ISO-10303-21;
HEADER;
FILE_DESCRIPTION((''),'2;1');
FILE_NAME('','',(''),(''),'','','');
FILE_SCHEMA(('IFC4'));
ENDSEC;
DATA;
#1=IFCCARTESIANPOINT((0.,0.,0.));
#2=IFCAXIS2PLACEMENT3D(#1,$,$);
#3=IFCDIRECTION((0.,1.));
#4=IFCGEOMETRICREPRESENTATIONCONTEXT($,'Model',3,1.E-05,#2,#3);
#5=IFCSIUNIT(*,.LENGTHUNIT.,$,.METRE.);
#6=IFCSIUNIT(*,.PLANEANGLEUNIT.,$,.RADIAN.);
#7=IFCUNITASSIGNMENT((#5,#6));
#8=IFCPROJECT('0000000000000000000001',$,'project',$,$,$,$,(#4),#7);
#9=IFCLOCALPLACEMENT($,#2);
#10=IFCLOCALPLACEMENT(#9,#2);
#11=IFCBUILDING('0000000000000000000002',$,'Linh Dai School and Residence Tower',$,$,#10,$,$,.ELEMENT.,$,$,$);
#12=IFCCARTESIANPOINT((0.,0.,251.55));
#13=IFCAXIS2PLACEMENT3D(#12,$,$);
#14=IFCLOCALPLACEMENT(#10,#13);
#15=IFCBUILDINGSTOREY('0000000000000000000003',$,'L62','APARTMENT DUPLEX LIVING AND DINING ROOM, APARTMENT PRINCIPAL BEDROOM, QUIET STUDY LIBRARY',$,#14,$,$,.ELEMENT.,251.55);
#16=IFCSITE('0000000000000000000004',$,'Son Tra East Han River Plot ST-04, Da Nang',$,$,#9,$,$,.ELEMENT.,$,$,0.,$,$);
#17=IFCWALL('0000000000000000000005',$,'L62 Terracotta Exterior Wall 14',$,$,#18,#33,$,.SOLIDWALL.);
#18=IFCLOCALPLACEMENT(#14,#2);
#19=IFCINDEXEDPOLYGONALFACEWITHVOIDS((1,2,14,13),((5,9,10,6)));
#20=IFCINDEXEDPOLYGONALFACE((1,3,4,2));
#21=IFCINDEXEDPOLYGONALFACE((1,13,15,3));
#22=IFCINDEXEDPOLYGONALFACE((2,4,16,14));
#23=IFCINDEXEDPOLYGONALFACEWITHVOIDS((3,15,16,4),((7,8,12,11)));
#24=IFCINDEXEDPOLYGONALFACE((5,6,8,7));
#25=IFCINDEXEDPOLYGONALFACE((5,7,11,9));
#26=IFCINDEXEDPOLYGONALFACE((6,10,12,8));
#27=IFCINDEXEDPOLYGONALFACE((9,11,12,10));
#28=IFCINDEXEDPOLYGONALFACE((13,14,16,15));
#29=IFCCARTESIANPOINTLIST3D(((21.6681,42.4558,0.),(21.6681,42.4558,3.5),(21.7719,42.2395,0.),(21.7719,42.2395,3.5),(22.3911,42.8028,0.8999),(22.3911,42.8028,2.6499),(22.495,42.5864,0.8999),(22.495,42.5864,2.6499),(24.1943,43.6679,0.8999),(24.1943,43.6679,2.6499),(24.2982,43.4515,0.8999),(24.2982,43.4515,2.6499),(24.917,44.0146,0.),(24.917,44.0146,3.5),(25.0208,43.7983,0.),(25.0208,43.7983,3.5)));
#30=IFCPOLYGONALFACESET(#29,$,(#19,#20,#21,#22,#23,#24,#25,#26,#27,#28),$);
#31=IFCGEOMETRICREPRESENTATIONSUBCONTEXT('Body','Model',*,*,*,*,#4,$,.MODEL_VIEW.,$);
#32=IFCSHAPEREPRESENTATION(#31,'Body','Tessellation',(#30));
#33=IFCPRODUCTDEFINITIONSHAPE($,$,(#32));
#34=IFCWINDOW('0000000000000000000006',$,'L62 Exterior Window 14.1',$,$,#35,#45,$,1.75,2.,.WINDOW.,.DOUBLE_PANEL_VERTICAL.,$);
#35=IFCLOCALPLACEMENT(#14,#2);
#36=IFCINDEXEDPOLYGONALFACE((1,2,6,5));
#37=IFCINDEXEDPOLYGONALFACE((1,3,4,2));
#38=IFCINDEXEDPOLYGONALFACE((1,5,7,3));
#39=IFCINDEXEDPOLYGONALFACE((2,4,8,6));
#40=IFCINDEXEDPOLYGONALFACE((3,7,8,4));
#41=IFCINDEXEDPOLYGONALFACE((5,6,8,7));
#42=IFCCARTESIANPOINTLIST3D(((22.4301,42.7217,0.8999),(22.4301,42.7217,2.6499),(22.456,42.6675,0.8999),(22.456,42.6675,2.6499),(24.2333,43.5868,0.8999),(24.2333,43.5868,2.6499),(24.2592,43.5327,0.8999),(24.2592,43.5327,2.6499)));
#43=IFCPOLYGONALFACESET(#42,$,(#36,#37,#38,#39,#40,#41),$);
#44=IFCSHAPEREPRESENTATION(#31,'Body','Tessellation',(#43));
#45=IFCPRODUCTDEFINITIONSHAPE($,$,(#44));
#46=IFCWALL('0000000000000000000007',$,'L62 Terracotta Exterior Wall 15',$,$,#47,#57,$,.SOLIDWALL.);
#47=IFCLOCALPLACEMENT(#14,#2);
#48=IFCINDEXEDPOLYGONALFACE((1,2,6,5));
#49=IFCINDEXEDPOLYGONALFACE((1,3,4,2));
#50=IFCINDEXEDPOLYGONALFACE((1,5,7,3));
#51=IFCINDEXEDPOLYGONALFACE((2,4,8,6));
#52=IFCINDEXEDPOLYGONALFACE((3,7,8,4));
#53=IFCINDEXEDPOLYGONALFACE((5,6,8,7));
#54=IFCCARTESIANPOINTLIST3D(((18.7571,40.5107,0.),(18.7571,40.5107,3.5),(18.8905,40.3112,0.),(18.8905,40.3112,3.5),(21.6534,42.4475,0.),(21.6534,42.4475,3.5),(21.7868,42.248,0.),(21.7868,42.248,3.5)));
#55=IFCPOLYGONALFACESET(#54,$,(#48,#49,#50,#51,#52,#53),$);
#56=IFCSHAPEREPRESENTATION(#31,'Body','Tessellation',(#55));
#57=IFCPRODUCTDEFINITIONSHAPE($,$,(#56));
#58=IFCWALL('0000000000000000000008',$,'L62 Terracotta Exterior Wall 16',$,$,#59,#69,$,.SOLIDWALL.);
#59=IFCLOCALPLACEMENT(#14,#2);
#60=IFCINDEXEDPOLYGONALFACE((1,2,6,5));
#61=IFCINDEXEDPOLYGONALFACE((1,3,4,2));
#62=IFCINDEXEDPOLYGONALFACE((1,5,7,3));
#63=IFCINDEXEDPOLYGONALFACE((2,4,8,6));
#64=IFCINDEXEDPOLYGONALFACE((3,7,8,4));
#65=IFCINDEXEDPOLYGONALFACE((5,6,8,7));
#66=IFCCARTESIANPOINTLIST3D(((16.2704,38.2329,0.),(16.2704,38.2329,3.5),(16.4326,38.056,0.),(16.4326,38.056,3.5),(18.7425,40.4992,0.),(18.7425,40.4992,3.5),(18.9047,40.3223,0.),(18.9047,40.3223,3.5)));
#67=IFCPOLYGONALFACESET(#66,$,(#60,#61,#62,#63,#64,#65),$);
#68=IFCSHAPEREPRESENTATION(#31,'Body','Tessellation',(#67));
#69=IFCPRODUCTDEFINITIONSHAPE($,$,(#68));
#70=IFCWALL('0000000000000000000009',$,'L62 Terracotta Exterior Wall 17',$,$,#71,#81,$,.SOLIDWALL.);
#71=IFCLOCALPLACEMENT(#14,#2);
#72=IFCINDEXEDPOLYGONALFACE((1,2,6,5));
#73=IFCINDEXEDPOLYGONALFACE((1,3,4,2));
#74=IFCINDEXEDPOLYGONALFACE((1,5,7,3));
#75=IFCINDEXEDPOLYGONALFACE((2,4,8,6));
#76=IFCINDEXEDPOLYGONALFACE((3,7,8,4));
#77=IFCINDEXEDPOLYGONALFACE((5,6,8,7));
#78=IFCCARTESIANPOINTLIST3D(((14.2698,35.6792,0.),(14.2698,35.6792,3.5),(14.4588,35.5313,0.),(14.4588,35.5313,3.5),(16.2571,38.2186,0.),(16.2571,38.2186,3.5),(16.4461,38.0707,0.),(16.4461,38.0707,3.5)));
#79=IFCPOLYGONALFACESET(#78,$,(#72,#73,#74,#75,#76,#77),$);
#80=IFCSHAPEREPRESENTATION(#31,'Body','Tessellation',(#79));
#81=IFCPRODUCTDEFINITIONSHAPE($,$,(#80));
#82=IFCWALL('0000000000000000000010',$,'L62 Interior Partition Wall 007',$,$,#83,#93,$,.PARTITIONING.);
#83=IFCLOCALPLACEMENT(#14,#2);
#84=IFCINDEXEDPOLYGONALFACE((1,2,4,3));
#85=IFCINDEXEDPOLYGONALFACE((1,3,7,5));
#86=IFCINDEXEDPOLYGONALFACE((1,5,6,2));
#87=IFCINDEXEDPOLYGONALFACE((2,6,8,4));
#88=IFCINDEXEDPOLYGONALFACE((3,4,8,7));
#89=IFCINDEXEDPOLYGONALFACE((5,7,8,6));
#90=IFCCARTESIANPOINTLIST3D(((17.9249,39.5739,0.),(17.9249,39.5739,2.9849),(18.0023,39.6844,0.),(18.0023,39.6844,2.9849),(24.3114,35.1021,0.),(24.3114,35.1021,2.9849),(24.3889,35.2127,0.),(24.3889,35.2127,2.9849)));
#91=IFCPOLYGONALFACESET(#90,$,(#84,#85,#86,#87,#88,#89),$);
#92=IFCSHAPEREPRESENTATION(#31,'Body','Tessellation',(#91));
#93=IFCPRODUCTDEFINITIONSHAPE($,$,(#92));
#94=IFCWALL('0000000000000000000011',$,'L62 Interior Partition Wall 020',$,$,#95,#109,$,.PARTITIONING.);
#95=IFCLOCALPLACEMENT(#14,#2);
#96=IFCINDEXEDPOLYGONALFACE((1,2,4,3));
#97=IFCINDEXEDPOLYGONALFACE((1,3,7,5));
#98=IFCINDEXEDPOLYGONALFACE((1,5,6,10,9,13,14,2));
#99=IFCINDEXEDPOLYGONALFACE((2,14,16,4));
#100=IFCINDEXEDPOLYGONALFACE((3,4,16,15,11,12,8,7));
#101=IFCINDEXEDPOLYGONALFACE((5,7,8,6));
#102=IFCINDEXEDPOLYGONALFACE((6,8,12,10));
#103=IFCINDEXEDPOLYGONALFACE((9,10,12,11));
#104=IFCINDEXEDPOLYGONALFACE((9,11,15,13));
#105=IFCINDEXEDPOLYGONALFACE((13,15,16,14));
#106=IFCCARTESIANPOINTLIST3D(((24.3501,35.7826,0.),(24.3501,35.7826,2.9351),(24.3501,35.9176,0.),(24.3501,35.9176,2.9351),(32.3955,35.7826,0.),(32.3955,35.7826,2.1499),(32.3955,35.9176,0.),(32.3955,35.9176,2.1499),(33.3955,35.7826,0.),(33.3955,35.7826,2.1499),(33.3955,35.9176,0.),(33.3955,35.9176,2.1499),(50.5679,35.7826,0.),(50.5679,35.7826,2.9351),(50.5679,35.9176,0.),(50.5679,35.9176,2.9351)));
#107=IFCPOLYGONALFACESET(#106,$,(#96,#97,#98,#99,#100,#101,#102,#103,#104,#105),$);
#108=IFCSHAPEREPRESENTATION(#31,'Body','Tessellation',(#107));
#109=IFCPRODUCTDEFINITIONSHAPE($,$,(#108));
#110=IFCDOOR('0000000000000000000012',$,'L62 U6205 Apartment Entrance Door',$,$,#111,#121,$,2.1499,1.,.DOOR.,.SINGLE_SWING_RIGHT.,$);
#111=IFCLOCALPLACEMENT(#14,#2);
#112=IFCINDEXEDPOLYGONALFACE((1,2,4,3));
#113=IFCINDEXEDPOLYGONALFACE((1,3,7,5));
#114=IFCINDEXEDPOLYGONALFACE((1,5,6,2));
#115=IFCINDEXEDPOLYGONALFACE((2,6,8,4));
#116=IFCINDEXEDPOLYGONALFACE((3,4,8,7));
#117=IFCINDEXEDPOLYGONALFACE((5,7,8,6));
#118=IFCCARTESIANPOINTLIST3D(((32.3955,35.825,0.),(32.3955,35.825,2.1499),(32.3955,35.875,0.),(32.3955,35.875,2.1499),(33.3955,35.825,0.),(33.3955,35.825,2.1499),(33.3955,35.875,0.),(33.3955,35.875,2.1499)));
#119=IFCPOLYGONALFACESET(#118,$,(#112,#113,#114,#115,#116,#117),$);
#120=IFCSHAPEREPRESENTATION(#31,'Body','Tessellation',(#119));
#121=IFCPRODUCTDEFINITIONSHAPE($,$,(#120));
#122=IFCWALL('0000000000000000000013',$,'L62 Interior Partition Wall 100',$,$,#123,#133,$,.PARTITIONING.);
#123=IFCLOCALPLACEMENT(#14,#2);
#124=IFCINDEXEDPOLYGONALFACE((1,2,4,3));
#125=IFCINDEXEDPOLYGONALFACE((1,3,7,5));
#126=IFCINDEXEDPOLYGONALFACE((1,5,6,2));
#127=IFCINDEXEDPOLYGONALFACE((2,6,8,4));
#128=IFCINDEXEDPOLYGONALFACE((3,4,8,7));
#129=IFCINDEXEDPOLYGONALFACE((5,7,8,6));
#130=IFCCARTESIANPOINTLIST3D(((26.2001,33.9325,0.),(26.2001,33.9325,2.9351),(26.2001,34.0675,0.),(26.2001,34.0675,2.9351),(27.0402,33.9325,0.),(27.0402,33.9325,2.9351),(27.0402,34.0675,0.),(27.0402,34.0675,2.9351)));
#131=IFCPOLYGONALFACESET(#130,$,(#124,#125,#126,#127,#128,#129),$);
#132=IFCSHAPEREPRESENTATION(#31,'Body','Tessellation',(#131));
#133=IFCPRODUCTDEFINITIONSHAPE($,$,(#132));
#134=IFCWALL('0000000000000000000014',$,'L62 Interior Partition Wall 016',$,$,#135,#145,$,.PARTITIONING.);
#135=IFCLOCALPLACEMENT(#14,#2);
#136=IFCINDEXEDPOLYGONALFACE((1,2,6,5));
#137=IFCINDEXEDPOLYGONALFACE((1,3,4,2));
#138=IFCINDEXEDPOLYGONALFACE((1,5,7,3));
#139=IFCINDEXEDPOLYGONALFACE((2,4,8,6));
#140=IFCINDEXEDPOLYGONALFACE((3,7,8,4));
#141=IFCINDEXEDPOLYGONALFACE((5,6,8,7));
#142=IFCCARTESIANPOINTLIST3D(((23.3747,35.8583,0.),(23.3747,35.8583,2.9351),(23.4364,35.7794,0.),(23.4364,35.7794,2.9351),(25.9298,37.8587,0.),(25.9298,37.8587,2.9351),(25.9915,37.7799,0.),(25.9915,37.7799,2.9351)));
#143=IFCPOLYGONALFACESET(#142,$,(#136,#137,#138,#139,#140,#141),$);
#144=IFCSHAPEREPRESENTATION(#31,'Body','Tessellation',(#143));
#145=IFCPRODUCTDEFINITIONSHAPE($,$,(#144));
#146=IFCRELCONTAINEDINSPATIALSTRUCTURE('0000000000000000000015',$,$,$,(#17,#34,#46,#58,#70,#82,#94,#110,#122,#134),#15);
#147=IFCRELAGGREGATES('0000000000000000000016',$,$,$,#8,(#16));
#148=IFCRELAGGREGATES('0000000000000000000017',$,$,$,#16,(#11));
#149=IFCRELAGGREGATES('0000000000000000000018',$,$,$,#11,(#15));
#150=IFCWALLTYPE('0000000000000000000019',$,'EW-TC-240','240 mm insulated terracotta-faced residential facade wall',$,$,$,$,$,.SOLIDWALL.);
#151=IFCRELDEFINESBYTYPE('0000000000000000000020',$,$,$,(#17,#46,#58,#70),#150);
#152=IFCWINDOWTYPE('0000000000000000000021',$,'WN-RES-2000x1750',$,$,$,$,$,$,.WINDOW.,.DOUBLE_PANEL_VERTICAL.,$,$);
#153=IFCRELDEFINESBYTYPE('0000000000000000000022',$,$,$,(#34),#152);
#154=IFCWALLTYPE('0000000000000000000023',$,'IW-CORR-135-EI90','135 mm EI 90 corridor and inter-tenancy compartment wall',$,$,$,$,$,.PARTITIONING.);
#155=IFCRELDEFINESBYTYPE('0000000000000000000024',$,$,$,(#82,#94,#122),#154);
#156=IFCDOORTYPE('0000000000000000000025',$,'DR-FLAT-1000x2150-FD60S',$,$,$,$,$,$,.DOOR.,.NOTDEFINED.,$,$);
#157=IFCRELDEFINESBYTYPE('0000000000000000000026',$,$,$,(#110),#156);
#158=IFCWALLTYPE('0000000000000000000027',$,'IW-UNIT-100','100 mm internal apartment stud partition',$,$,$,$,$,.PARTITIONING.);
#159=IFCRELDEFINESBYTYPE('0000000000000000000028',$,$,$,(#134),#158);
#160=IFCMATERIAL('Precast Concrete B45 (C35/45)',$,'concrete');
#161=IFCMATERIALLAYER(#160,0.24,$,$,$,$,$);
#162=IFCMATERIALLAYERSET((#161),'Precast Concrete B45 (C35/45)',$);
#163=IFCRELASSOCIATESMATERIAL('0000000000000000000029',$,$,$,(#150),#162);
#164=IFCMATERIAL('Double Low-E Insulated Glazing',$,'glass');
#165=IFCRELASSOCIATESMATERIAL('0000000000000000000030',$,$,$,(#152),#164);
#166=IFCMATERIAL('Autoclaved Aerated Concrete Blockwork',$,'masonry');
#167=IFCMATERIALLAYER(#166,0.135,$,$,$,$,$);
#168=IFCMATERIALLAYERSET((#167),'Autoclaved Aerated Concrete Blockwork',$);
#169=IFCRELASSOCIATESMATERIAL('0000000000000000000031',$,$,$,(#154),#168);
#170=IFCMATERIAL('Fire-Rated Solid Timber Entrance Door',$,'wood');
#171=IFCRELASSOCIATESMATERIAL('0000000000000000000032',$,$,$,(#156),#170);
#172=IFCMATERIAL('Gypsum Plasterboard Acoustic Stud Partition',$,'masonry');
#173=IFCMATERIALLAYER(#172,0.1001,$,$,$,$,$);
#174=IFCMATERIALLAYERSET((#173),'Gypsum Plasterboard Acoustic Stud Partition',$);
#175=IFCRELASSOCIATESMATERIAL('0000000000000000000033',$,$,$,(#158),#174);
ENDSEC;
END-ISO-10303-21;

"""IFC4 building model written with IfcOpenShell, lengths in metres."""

from ifc_helpers import new_model, si_unit, direction, frame, frame_2d, origin, origin_2d, place, context, subcontext, project, spatial, rectangle, extrude, source, transform, mapped, material, layer, layer_set, type_object, element, fill, save


model = new_model("IFC4")

# Units and contexts
model_context = context("Model", 3, precision=1e-05, world=origin(), true_north=direction((0.0, 1.0)))
body_context = subcontext(model_context, "Body", "Model", "MODEL_VIEW")
ifc_project = project(units=[si_unit("LENGTHUNIT", "METRE"), si_unit("PLANEANGLEUNIT", "RADIAN")], contexts=[model_context])

# Site, building, storey
site_placement = place(None, origin())
site = spatial("IfcSite", under=ifc_project, at=site_placement, Name="Son Tra East Han River Plot ST-04, Da Nang", CompositionType="ELEMENT", RefElevation=0.0)
building_placement = place(site_placement, origin())
building = spatial("IfcBuilding", under=site, at=building_placement, Name="Linh Dai School and Residence Tower", CompositionType="ELEMENT")
storey_placement = place(building_placement, frame((0.0, 0.0, 251.55)))
storey = spatial("IfcBuildingStorey", under=building, at=storey_placement, Name="L62", Description="APARTMENT DUPLEX LIVING AND DINING ROOM, APARTMENT PRINCIPAL BEDROOM, QUIET STUDY LIBRARY", CompositionType="ELEMENT", Elevation=251.55)

# Shared definitions
ifc_material_1 = material(Name="Precast Concrete B45 (C35/45)", Category="concrete")

# Wall, opening, window
ifc_layer_1 = layer(ifc_material_1, 0.24)
ifc_layer_set_1 = layer_set([ifc_layer_1], Name="Precast Concrete B45 (C35/45)")
wall_type_1 = type_object("IfcWallType", Name="EW-TC-240", Description="240 mm insulated terracotta-faced residential facade wall", PredefinedType="SOLIDWALL", material=ifc_layer_set_1)
ifc_material_2 = material(Name="Double Low-E Insulated Glazing", Category="glass")
wall_1_placement = place(storey_placement, frame((21.72, 42.3477, 0.0), z_axis=(0.0, 0.0, 1.0), x_axis=(0.901598, 0.432575, 0.0)))
wall_1 = element("IfcWall", 1, at=wall_1_placement, inside=storey, type_object=wall_type_1, Name="L62 Terracotta Exterior Wall 14", PredefinedType="SOLIDWALL", context=body_context, shape_type="SweptSolid", body=[
    extrude(rectangle(XDim=3.6035, YDim=0.24, at=frame_2d((1.8018, 0.0))), origin(), (0.0, 0.0, 1.0), 3.5),
])
opening_1_placement = place(wall_1_placement, frame((0.802, 0.0, 0.8999)))
opening_1 = element("IfcOpeningElement", 2, at=opening_1_placement, cuts=wall_1, PredefinedType="OPENING", context=body_context, shape_type="SweptSolid", body=[
    extrude(rectangle(XDim=2.0, YDim=1.75, at=origin_2d()), frame((1.0, 0.1299, 0.875), z_axis=(0.0, -1.0, 0.0), x_axis=(1.0, 0.0, 0.0)), (0.0, 0.0, 1.0), 0.26),
])
window_type_1 = type_object("IfcWindowType", Name="WN-RES-2000x1750", PartitioningType="DOUBLE_PANEL_VERTICAL", PredefinedType="WINDOW", material=ifc_material_2)
shared_shape_1 = source(origin(), body_context, "Body", "SweptSolid", [
    extrude(rectangle(XDim=2.0, YDim=1.75, at=origin_2d()), frame((1.0, 0.03, 0.875), z_axis=(0.0, -1.0, 0.0), x_axis=(1.0, 0.0, 0.0)), (0.0, 0.0, 1.0), 0.0601),
])
window_1_placement = place(opening_1_placement, origin())
window_1 = element("IfcWindow", 3, at=window_1_placement, inside=storey, type_object=window_type_1, Name="L62 Exterior Window 14.1", OverallHeight=1.75, OverallWidth=2.0, PartitioningType="DOUBLE_PANEL_VERTICAL", PredefinedType="WINDOW", context=body_context, shape_type="MappedRepresentation", body=[
    mapped(shared_shape_1, transform((0.0, 0.0, 0.0), x_axis=(1.0, 0.0, 0.0), y_axis=(0.0, 1.0, 0.0), z_axis=(0.0, 0.0, 1.0), scale=1.0)),
])
fill(opening_1, window_1)

# Walls
wall_2_placement = place(storey_placement, frame((18.8237, 40.4109, 0.0), z_axis=(0.0, 0.0, 1.0), x_axis=(0.831262, 0.55588, 0.0)))
element("IfcWall", 4, at=wall_2_placement, inside=storey, type_object=wall_type_1, Name="L62 Terracotta Exterior Wall 15", PredefinedType="SOLIDWALL", context=body_context, shape_type="SweptSolid", body=[
    extrude(rectangle(XDim=3.4841, YDim=0.24, at=frame_2d((1.7422, 0.0))), origin(), (0.0, 0.0, 1.0), 3.5),
])
wall_3_placement = place(storey_placement, frame((16.3516, 38.1445, 0.0), z_axis=(0.0, 0.0, 1.0), x_axis=(0.737124, 0.675758, 0.0)))
element("IfcWall", 5, at=wall_3_placement, inside=storey, type_object=wall_type_1, Name="L62 Terracotta Exterior Wall 16", PredefinedType="SOLIDWALL", context=body_context, shape_type="SweptSolid", body=[
    extrude(rectangle(XDim=3.3538, YDim=0.24, at=frame_2d((1.6768, 0.0))), origin(), (0.0, 0.0, 1.0), 3.5),
])
wall_4_placement = place(storey_placement, frame((14.3643, 35.6052, 0.0), z_axis=(0.0, 0.0, 1.0), x_axis=(0.616312, 0.787502, 0.0)))
element("IfcWall", 6, at=wall_4_placement, inside=storey, type_object=wall_type_1, Name="L62 Terracotta Exterior Wall 17", PredefinedType="SOLIDWALL", context=body_context, shape_type="SweptSolid", body=[
    extrude(rectangle(XDim=3.2246, YDim=0.24, at=frame_2d((1.6123, 0.0))), origin(), (0.0, 0.0, 1.0), 3.5),
])
ifc_material_3 = material(Name="Autoclaved Aerated Concrete Blockwork", Category="masonry")
ifc_layer_2 = layer(ifc_material_3, 0.135)
ifc_layer_set_2 = layer_set([ifc_layer_2], Name="Autoclaved Aerated Concrete Blockwork")
wall_type_2 = type_object("IfcWallType", Name="IW-CORR-135-EI90", Description="135 mm EI 90 corridor and inter-tenancy compartment wall", PredefinedType="PARTITIONING", material=ifc_layer_set_2)
wall_5_placement = place(storey_placement, frame((17.9636, 39.6292, 0.0), z_axis=(0.0, 0.0, 1.0), x_axis=(0.819163, -0.573561, 0.0)))
element("IfcWall", 7, at=wall_5_placement, inside=storey, type_object=wall_type_2, Name="L62 Interior Partition Wall 007", PredefinedType="PARTITIONING", context=body_context, shape_type="SweptSolid", body=[
    extrude(rectangle(XDim=7.7964, YDim=0.135, at=frame_2d((3.8982, 0.0))), origin(), (0.0, 0.0, 1.0), 2.9849),
])

# Wall, opening, door
wall_6_placement = place(storey_placement, frame((24.3501, 35.8501, 0.0), z_axis=(0.0, 0.0, 1.0), x_axis=(1.0, 0.0, 0.0)))
wall_6 = element("IfcWall", 8, at=wall_6_placement, inside=storey, type_object=wall_type_2, Name="L62 Interior Partition Wall 020", PredefinedType="PARTITIONING", context=body_context, shape_type="SweptSolid", body=[
    extrude(rectangle(XDim=26.2178, YDim=0.135, at=frame_2d((13.1089, 0.0))), origin(), (0.0, 0.0, 1.0), 2.9351),
])
opening_2_placement = place(wall_6_placement, frame((8.0454, 0.0, 0.0)))
opening_2 = element("IfcOpeningElement", 9, at=opening_2_placement, cuts=wall_6, PredefinedType="OPENING", context=body_context, shape_type="SweptSolid", body=[
    extrude(rectangle(XDim=1.0, YDim=2.1499, at=origin_2d()), frame((0.5, 0.0776, 1.075), z_axis=(0.0, -1.0, 0.0), x_axis=(1.0, 0.0, 0.0)), (0.0, 0.0, 1.0), 0.155),
])
ifc_material_4 = material(Name="Fire-Rated Solid Timber Entrance Door", Category="wood")
door_type_1 = type_object("IfcDoorType", Name="DR-FLAT-1000x2150-FD60S", OperationType="NOTDEFINED", PredefinedType="DOOR", material=ifc_material_4)
shared_shape_2 = source(origin(), body_context, "Body", "SweptSolid", [
    extrude(rectangle(XDim=1.0, YDim=2.1499, at=origin_2d()), frame((0.5, 0.0249, 1.075), z_axis=(0.0, -1.0, 0.0), x_axis=(1.0, 0.0, 0.0)), (0.0, 0.0, 1.0), 0.05),
])
door_1_placement = place(opening_2_placement, origin())
door_1 = element("IfcDoor", 10, at=door_1_placement, inside=storey, type_object=door_type_1, Name="L62 U6205 Apartment Entrance Door", OperationType="SINGLE_SWING_RIGHT", OverallHeight=2.1499, OverallWidth=1.0, PredefinedType="DOOR", context=body_context, shape_type="MappedRepresentation", body=[
    mapped(shared_shape_2, transform((0.0, 0.0, 0.0), x_axis=(1.0, 0.0, 0.0), y_axis=(0.0, 1.0, 0.0), z_axis=(0.0, 0.0, 1.0), scale=1.0)),
])
fill(opening_2, door_1)

# Walls
wall_7_placement = place(storey_placement, frame((27.04, 34.0, 0.0), z_axis=(0.0, 0.0, 1.0), x_axis=(-1.0, 0.0, 0.0)))
element("IfcWall", 11, at=wall_7_placement, inside=storey, type_object=wall_type_2, Name="L62 Interior Partition Wall 100", PredefinedType="PARTITIONING", context=body_context, shape_type="SweptSolid", body=[
    extrude(rectangle(XDim=0.8401, YDim=0.135, at=frame_2d((0.4199, 0.0))), origin(), (0.0, 0.0, 1.0), 2.9351),
])
ifc_material_5 = material(Name="Gypsum Plasterboard Acoustic Stud Partition", Category="masonry")
ifc_layer_3 = layer(ifc_material_5, 0.1001)
ifc_layer_set_3 = layer_set([ifc_layer_3], Name="Gypsum Plasterboard Acoustic Stud Partition")
wall_type_3 = type_object("IfcWallType", Name="IW-UNIT-100", Description="100 mm internal apartment stud partition", PredefinedType="PARTITIONING", material=ifc_layer_set_3)
wall_8_placement = place(storey_placement, frame((23.4055, 35.8188, 0.0), z_axis=(0.0, 0.0, 1.0), x_axis=(0.787388, 0.616458, 0.0)))
element("IfcWall", 12, at=wall_8_placement, inside=storey, type_object=wall_type_3, Name="L62 Interior Partition Wall 016", PredefinedType="PARTITIONING", context=body_context, shape_type="SweptSolid", body=[
    extrude(rectangle(XDim=3.2451, YDim=0.1001, at=frame_2d((1.6226, 0.0))), origin(), (0.0, 0.0, 1.0), 2.9351),
])

save(model, "model.ifc")
